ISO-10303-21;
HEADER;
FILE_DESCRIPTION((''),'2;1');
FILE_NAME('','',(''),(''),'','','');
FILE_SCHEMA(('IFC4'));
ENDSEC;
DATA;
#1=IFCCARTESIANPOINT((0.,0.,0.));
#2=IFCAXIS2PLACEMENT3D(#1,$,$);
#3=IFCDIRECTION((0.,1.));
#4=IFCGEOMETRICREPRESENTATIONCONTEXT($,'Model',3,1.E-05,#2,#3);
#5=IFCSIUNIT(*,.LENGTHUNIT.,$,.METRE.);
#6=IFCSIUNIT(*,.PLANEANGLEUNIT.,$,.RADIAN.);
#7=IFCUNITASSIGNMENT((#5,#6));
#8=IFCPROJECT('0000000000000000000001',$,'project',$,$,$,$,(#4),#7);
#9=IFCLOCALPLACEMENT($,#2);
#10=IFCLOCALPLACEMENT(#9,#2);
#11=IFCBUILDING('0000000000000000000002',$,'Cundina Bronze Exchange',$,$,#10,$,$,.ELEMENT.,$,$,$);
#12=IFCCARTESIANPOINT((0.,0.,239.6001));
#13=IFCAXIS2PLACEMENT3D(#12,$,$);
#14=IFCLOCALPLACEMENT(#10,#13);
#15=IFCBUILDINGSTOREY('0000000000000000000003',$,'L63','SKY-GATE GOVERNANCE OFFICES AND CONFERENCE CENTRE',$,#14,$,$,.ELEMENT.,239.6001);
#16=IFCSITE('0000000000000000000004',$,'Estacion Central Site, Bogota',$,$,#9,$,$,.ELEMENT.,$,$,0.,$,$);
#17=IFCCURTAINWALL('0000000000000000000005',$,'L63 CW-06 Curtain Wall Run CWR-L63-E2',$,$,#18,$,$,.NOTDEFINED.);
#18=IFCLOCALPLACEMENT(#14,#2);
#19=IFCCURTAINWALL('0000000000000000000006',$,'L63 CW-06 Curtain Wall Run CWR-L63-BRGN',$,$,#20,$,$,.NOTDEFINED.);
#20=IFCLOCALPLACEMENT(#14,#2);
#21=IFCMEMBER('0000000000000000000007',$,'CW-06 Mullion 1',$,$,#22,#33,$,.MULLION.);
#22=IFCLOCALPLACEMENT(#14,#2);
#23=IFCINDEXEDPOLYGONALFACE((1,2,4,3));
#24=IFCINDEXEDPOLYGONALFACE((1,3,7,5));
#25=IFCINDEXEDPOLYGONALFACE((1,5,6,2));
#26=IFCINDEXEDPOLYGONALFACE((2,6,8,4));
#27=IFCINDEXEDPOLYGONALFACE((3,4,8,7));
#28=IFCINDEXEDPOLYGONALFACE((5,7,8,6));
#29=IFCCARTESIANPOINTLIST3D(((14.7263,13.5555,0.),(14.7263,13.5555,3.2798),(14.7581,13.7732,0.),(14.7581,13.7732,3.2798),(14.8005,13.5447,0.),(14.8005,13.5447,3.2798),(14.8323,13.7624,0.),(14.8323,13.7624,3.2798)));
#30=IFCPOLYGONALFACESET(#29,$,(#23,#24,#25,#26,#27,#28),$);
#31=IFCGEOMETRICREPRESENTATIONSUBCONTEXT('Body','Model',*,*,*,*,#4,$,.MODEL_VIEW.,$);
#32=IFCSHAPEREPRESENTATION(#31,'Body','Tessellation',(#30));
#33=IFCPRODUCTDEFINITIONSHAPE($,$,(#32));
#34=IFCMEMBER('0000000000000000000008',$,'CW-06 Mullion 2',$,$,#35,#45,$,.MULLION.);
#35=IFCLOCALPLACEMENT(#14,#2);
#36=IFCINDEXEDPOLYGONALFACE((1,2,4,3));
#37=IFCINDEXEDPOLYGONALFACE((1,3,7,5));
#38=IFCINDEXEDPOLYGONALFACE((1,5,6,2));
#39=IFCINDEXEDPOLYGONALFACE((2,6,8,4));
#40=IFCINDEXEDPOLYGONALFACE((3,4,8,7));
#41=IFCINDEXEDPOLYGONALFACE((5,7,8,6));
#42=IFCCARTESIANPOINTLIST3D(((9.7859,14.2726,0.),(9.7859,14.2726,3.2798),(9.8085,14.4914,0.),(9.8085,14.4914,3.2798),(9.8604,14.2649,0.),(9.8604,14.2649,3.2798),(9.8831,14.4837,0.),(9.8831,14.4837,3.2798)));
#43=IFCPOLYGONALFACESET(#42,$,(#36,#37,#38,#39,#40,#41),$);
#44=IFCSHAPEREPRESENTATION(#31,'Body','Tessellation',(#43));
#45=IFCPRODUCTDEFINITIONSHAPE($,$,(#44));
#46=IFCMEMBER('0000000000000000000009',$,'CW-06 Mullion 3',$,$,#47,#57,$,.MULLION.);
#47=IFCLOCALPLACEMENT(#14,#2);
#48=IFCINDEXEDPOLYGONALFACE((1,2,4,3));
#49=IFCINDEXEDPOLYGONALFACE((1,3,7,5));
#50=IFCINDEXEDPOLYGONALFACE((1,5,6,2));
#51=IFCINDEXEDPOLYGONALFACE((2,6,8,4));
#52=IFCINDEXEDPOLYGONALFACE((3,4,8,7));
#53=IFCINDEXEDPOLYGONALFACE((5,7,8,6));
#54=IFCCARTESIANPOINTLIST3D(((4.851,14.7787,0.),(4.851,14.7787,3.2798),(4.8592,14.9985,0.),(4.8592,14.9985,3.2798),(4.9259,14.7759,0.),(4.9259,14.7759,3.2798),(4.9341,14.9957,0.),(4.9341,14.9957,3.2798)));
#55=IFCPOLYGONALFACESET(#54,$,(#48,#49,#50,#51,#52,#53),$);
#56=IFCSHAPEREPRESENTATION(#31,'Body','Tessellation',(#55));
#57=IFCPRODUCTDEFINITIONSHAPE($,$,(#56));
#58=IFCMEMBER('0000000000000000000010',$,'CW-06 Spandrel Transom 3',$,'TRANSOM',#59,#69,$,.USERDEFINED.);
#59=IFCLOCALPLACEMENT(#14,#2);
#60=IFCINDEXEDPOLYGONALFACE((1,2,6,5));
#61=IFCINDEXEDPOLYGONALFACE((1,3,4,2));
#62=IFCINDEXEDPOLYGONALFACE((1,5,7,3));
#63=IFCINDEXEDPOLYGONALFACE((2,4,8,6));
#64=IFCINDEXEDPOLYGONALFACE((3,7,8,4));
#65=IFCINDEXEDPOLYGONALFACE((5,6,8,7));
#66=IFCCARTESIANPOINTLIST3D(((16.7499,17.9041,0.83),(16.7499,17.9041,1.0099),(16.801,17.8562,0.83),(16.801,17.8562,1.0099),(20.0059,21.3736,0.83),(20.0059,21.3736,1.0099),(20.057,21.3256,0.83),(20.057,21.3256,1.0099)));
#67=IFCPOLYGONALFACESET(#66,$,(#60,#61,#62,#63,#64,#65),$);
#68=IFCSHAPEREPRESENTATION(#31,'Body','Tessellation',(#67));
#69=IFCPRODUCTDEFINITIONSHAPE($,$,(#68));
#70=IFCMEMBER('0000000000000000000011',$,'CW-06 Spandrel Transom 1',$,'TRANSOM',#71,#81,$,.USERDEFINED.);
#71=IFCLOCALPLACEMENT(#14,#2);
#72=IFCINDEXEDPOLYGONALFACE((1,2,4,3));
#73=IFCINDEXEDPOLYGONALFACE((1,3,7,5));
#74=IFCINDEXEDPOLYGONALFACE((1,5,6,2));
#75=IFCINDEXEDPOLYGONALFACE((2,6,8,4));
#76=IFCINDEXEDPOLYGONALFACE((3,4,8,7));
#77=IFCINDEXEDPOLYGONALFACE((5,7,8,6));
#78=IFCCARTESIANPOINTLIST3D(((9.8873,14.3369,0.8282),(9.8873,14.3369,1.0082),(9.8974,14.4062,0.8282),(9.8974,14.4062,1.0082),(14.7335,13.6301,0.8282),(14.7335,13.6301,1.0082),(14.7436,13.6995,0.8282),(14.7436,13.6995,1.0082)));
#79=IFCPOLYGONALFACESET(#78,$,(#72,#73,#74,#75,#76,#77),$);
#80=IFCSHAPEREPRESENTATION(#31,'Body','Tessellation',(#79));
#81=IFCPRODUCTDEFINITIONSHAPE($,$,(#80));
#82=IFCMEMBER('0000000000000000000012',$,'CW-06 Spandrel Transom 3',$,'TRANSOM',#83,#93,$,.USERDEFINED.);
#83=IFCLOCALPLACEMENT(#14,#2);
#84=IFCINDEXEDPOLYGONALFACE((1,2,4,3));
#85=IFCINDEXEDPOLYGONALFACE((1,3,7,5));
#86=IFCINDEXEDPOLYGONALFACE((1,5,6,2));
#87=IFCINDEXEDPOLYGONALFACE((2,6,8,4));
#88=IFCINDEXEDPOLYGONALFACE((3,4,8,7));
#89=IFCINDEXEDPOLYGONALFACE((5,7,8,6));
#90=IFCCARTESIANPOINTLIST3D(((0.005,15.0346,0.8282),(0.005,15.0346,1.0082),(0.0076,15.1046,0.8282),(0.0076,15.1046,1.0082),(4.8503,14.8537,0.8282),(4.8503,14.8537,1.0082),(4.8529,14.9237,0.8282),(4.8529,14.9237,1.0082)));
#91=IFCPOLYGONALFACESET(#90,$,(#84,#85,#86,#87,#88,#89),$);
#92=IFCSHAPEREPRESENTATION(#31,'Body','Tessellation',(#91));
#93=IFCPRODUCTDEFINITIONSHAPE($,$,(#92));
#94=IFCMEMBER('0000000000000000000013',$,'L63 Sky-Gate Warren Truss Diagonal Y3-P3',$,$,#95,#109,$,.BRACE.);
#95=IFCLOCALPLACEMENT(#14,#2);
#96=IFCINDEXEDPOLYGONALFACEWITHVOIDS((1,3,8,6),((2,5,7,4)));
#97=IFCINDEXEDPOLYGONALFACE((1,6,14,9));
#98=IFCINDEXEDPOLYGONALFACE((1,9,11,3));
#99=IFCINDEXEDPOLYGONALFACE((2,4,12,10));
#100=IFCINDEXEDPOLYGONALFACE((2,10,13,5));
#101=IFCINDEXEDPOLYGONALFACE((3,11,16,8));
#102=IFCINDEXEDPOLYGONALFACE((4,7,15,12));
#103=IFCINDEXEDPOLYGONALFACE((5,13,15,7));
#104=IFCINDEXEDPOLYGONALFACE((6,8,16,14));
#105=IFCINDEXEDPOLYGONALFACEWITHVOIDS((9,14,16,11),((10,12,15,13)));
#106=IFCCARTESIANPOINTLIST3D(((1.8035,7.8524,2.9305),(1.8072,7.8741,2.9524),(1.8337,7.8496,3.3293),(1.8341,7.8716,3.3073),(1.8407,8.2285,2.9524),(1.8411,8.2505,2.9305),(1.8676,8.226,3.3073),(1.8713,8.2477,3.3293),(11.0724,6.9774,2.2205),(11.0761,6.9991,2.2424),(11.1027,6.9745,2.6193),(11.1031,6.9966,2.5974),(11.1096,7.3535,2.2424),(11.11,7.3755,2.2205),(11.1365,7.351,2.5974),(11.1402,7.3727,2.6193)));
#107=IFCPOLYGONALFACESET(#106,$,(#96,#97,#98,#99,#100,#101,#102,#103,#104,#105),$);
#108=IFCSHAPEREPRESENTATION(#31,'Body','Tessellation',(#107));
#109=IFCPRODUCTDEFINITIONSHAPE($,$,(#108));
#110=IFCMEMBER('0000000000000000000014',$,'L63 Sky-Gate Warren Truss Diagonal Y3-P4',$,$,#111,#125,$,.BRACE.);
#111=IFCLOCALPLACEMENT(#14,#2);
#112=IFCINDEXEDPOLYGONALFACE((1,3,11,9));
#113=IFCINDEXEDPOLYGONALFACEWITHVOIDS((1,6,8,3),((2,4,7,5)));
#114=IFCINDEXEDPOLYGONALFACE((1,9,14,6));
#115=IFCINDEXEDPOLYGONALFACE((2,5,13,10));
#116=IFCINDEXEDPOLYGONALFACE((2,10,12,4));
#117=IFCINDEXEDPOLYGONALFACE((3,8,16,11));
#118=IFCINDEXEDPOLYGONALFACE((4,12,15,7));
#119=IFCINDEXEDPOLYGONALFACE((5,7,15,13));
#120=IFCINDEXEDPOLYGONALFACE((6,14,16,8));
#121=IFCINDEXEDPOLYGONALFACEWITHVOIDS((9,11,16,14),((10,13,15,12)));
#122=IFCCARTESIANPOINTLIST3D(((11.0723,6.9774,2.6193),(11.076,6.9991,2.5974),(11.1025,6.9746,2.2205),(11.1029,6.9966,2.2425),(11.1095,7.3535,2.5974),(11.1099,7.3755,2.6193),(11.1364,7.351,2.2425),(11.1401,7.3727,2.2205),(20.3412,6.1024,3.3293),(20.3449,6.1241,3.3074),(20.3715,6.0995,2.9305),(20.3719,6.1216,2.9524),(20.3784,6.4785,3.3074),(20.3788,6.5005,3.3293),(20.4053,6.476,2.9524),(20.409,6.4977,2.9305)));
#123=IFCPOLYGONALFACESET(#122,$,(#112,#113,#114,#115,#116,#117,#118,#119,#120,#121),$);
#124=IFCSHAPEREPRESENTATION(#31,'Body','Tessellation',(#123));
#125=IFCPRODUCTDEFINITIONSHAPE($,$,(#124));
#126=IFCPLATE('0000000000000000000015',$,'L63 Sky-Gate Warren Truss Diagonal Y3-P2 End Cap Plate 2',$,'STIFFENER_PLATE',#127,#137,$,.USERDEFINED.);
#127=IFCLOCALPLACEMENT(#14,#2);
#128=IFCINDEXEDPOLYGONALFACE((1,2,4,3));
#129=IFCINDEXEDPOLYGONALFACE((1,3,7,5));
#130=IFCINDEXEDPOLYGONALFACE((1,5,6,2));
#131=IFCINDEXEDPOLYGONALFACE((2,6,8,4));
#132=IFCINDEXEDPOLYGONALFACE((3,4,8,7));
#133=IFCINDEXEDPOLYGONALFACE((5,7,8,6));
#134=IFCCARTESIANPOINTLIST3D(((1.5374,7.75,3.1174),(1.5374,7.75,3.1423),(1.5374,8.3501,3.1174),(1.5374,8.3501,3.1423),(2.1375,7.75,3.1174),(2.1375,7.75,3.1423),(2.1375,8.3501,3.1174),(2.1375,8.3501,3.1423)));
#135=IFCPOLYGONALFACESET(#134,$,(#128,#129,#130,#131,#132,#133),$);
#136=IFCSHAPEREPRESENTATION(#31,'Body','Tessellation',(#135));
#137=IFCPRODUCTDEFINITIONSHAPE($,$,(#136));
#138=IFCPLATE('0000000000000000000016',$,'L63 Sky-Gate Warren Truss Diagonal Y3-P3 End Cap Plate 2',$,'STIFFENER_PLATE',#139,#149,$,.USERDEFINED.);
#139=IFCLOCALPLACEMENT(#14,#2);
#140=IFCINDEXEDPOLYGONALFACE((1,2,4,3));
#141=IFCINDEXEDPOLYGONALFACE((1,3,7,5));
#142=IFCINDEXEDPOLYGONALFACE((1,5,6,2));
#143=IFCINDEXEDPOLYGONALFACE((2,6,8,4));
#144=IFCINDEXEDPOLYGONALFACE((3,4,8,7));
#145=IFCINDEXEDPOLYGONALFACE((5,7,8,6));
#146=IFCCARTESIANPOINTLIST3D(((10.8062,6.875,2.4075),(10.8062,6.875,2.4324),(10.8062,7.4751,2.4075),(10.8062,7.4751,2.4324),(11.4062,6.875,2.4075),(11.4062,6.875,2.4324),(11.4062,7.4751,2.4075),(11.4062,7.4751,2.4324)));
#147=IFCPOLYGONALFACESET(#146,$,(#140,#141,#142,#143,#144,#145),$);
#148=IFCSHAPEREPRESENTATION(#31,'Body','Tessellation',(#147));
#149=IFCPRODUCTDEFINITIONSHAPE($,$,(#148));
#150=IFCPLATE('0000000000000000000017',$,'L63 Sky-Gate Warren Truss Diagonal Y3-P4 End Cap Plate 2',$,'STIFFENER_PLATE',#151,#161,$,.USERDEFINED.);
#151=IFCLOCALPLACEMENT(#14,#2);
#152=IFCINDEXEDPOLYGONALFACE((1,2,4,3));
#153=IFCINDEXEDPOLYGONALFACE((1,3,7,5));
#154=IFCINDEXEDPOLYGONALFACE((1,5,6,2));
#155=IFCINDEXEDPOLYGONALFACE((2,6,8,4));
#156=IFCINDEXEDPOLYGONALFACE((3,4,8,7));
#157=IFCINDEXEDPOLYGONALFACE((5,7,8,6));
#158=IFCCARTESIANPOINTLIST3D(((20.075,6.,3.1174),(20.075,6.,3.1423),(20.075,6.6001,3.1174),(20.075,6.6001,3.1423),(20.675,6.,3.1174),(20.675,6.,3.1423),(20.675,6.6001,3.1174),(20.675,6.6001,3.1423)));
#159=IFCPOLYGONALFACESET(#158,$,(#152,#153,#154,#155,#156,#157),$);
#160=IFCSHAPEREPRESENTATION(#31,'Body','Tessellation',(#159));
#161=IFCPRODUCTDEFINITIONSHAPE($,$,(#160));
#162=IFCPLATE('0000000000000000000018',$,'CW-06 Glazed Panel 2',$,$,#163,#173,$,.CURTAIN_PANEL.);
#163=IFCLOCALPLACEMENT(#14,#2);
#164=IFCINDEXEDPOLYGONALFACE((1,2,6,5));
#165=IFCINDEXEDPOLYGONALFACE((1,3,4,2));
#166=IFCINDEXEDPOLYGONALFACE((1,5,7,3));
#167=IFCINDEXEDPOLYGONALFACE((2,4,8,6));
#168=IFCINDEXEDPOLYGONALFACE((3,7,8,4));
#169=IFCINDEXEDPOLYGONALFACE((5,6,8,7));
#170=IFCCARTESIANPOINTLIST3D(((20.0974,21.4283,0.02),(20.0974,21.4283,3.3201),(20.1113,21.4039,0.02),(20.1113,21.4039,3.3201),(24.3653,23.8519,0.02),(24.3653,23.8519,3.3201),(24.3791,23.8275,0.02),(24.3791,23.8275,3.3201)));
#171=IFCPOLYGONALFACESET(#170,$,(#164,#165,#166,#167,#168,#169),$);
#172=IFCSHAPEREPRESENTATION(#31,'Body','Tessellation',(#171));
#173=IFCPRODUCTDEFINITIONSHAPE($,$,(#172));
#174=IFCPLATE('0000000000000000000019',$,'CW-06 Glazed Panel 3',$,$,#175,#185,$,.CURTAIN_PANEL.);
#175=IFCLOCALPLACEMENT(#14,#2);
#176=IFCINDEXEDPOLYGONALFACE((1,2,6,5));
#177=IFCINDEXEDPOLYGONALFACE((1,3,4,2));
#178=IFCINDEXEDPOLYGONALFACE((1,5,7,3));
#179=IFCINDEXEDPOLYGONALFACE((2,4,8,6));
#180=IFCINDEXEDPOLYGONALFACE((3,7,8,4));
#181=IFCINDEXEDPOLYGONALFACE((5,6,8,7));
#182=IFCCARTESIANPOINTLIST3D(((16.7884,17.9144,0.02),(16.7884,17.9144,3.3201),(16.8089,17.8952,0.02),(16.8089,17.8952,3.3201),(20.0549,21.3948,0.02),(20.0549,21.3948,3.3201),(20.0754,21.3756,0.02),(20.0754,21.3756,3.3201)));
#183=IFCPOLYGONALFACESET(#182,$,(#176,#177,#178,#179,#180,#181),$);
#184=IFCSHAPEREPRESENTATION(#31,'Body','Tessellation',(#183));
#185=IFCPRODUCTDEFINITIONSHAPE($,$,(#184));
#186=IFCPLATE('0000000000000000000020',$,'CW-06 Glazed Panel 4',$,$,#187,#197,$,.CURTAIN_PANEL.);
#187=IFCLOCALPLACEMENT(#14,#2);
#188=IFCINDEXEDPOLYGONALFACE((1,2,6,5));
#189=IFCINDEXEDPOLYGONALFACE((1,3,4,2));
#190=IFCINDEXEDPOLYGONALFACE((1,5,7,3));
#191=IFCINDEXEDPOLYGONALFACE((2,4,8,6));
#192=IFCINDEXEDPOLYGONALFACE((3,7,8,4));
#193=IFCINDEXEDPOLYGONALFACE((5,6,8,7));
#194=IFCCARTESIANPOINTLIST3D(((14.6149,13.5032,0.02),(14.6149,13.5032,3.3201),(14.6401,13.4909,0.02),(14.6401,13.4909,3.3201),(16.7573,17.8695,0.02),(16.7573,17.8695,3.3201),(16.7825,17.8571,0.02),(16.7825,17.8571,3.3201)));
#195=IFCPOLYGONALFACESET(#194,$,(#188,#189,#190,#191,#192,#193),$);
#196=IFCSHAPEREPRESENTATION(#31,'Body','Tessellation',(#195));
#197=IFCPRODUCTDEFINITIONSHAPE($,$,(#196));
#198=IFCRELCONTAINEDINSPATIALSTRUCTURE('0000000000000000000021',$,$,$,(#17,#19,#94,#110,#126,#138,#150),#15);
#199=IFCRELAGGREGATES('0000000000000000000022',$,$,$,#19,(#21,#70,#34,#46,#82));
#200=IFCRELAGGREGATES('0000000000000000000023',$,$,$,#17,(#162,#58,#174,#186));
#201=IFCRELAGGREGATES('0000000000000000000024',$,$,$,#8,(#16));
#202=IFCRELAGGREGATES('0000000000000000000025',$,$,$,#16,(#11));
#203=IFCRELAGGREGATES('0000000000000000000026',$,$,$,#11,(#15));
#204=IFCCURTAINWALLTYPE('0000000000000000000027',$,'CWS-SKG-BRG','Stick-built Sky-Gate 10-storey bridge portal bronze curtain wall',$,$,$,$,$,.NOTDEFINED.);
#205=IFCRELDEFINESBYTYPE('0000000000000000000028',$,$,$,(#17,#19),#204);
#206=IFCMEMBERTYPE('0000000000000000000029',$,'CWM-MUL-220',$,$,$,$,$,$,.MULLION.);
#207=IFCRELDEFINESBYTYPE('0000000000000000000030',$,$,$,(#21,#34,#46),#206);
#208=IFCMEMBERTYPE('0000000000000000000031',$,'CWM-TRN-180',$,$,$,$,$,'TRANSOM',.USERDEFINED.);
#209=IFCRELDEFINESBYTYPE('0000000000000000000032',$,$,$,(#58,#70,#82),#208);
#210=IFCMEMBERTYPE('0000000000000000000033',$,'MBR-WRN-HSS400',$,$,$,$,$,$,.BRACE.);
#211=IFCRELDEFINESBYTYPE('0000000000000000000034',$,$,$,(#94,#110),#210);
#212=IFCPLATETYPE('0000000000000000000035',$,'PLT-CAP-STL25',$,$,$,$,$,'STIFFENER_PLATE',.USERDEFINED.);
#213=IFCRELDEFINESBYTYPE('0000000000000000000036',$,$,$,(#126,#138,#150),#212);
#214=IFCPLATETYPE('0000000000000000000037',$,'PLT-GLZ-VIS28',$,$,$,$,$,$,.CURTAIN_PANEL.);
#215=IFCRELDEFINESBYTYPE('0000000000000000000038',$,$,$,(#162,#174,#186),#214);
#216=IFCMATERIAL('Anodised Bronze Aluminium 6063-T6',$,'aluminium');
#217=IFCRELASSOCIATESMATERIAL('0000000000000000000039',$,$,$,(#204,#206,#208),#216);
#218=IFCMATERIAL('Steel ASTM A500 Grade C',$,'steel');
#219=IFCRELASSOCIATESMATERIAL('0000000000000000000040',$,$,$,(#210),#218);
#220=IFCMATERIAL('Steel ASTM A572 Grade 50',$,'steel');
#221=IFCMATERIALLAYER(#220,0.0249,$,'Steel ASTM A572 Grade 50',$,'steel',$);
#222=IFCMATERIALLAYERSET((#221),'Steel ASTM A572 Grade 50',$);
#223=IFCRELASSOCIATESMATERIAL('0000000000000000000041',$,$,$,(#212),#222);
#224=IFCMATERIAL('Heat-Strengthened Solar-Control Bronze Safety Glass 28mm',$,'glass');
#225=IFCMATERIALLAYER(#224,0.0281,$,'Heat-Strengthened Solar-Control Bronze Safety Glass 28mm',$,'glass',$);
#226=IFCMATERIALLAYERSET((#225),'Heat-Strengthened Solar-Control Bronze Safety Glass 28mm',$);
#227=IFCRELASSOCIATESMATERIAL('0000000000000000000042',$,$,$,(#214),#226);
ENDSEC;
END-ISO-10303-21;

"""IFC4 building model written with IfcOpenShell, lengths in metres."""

from ifc_helpers import new_model, si_unit, direction, frame, origin, origin_2d, place, context, subcontext, project, spatial, rectangle, hollow_rectangle, extrude, material, layer, layer_set, material_profile, profile_set, type_object, element, aggregate, save


model = new_model("IFC4")

# Units and contexts
model_context = context("Model", 3, precision=1e-05, world=origin(), true_north=direction((0.0, 1.0)))
body_context = subcontext(model_context, "Body", "Model", "MODEL_VIEW")
ifc_project = project(units=[si_unit("LENGTHUNIT", "METRE"), si_unit("PLANEANGLEUNIT", "RADIAN")], contexts=[model_context])

# Site, building, storey
site_placement = place(None, origin())
site = spatial("IfcSite", under=ifc_project, at=site_placement, Name="Estacion Central Site, Bogota", CompositionType="ELEMENT", RefElevation=0.0)
building_placement = place(site_placement, origin())
building = spatial("IfcBuilding", under=site, at=building_placement, Name="Cundina Bronze Exchange", CompositionType="ELEMENT")
storey_placement = place(building_placement, frame((0.0, 0.0, 239.6001)))
storey = spatial("IfcBuildingStorey", under=building, at=storey_placement, Name="L63", Description="SKY-GATE GOVERNANCE OFFICES AND CONFERENCE CENTRE", CompositionType="ELEMENT", Elevation=239.6001)

# Curtain walls, members
ifc_material_1 = material(Name="Anodised Bronze Aluminium 6063-T6", Category="aluminium")
curtain_wall_type = type_object("IfcCurtainWallType", Name="CWS-SKG-BRG", Description="Stick-built Sky-Gate 10-storey bridge portal bronze curtain wall", PredefinedType="NOTDEFINED", material=ifc_material_1)
curtain_wall_1_placement = place(storey_placement, origin())
curtain_wall_1 = element("IfcCurtainWall", 1, at=curtain_wall_1_placement, inside=storey, type_object=curtain_wall_type, Name="L63 CW-06 Curtain Wall Run CWR-L63-E2", PredefinedType="NOTDEFINED")
ifc_material_profile_1 = material_profile(ifc_material_1, rectangle(XDim=0.075, YDim=0.22, at=origin_2d()), Name="AL75X220", Category="aluminium")
ifc_profile_set_1 = profile_set([ifc_material_profile_1], Name="Anodised Bronze Aluminium 6063-T6")
member_type_1 = type_object("IfcMemberType", Name="CWM-MUL-220", PredefinedType="MULLION", material=ifc_profile_set_1)
curtain_wall_2_placement = place(storey_placement, origin())
curtain_wall_2 = element("IfcCurtainWall", 2, at=curtain_wall_2_placement, inside=storey, type_object=curtain_wall_type, Name="L63 CW-06 Curtain Wall Run CWR-L63-BRGN", PredefinedType="NOTDEFINED")
member_1_placement = place(storey_placement, frame((14.7793, 13.6589, 0.0), z_axis=(0.0, 0.0, 1.0), x_axis=(-0.989526, 0.144356, 0.0)))
member_1 = element("IfcMember", 3, at=member_1_placement, type_object=member_type_1, Name="CW-06 Mullion 1", PredefinedType="MULLION", context=body_context, shape_type="SweptSolid", body=[
    extrude(rectangle(XDim=0.075, YDim=0.22, at=origin_2d()), origin(), (0.0, 0.0, 1.0), 3.2798),
])
member_2_placement = place(storey_placement, frame((9.8345, 14.3782, 0.0), z_axis=(0.0, 0.0, 1.0), x_axis=(-0.994667, 0.10314, 0.0)))
member_2 = element("IfcMember", 4, at=member_2_placement, type_object=member_type_1, Name="CW-06 Mullion 2", PredefinedType="MULLION", context=body_context, shape_type="SweptSolid", body=[
    extrude(rectangle(XDim=0.075, YDim=0.22, at=origin_2d()), origin(), (0.0, 0.0, 1.0), 3.2798),
])
member_3_placement = place(storey_placement, frame((4.8926, 14.8872, 0.0), z_axis=(0.0, 0.0, 1.0), x_axis=(-0.999303, 0.037341, 0.0)))
member_3 = element("IfcMember", 5, at=member_3_placement, type_object=member_type_1, Name="CW-06 Mullion 3", PredefinedType="MULLION", context=body_context, shape_type="SweptSolid", body=[
    extrude(rectangle(XDim=0.075, YDim=0.22, at=origin_2d()), origin(), (0.0, 0.0, 1.0), 3.2798),
])

# Members
ifc_material_profile_2 = material_profile(ifc_material_1, rectangle(XDim=0.0701, YDim=0.1799, at=origin_2d()), Name="AL70X180", Category="aluminium")
ifc_profile_set_2 = profile_set([ifc_material_profile_2], Name="Anodised Bronze Aluminium 6063-T6")
member_type_2 = type_object("IfcMemberType", Name="CWM-TRN-180", ElementType="TRANSOM", PredefinedType="USERDEFINED", material=ifc_profile_set_2)
member_4_placement = place(storey_placement, frame((20.0315, 21.3496, 0.9199), z_axis=(-0.684328, -0.729174, 0.0), x_axis=(0.729174, -0.684328, 0.0)))
member_4 = element("IfcMember", 6, at=member_4_placement, type_object=member_type_2, Name="CW-06 Spandrel Transom 3", ObjectType="TRANSOM", PredefinedType="USERDEFINED", context=body_context, shape_type="SweptSolid", body=[
    extrude(rectangle(XDim=0.0701, YDim=0.1799, at=origin_2d()), origin(), (0.0, 0.0, 1.0), 4.7581),
])
member_5_placement = place(storey_placement, frame((14.7385, 13.6648, 0.9182), z_axis=(-0.989531, 0.144317, 0.0), x_axis=(-0.144317, -0.989531, 0.0)))
member_5 = element("IfcMember", 7, at=member_5_placement, type_object=member_type_2, Name="CW-06 Spandrel Transom 1", ObjectType="TRANSOM", PredefinedType="USERDEFINED", context=body_context, shape_type="SweptSolid", body=[
    extrude(rectangle(XDim=0.0701, YDim=0.1799, at=origin_2d()), origin(), (0.0, 0.0, 1.0), 4.8975),
])
member_6_placement = place(storey_placement, frame((4.8516, 14.8887, 0.9182), z_axis=(-0.999304, 0.037312, 0.0), x_axis=(-0.037312, -0.999304, 0.0)))
member_6 = element("IfcMember", 8, at=member_6_placement, type_object=member_type_2, Name="CW-06 Spandrel Transom 3", ObjectType="TRANSOM", PredefinedType="USERDEFINED", context=body_context, shape_type="SweptSolid", body=[
    extrude(rectangle(XDim=0.0701, YDim=0.1799, at=origin_2d()), origin(), (0.0, 0.0, 1.0), 4.8486),
])

# Members
ifc_material_2 = material(Name="Steel ASTM A500 Grade C", Category="steel")
ifc_material_profile_3 = material_profile(ifc_material_2, hollow_rectangle(XDim=0.3999, YDim=0.3999, WallThickness=0.022, at=origin_2d()), Name="HSS400X400X22", Category="steel")
ifc_profile_set_3 = profile_set([ifc_material_profile_3], Name="Steel ASTM A500 Grade C")
member_type_3 = type_object("IfcMemberType", Name="MBR-WRN-HSS400", PredefinedType="BRACE", material=ifc_profile_set_3)
for number, where, z_axis, x_axis, name in (
    (9, (1.8374, 8.05, 3.1299), (0.992691, -0.093713, -0.076037), (0.093985, 0.995574, 0.0), "L63 Sky-Gate Warren Truss Diagonal Y3-P3"),
    (10, (11.1062, 7.175, 2.4199), (0.992691, -0.093713, 0.076037), (0.093985, 0.995574, 0.0), "L63 Sky-Gate Warren Truss Diagonal Y3-P4"),
):
    element("IfcMember", number, at=place(storey_placement, frame(where, z_axis=z_axis, x_axis=x_axis)), inside=storey, type_object=member_type_3, Name=name, PredefinedType="BRACE", context=body_context, shape_type="SweptSolid", body=[
        extrude(hollow_rectangle(XDim=0.3999, YDim=0.3999, WallThickness=0.022, at=origin_2d()), origin(), (0.0, 0.0, 1.0), 9.3372),
    ])

# Plates
ifc_material_3 = material(Name="Steel ASTM A572 Grade 50", Category="steel")
ifc_layer_1 = layer(ifc_material_3, 0.0249, Name="Steel ASTM A572 Grade 50", Category="steel")
ifc_layer_set_1 = layer_set([ifc_layer_1], Name="Steel ASTM A572 Grade 50")
plate_type_1 = type_object("IfcPlateType", Name="PLT-CAP-STL25", ElementType="STIFFENER_PLATE", PredefinedType="USERDEFINED", material=ifc_layer_set_1)
for number, where, z_axis, x_axis, name in (
    (11, (1.8374, 8.05, 3.1174), (0.0, 0.0, 1.0), (1.0, 0.0, 0.0), "L63 Sky-Gate Warren Truss Diagonal Y3-P2 End Cap Plate 2"),
    (12, (11.1062, 7.175, 2.4075), (0.0, 0.0, 1.0), (1.0, 0.0, 0.0), "L63 Sky-Gate Warren Truss Diagonal Y3-P3 End Cap Plate 2"),
    (13, (20.375, 6.3, 3.1174), (0.0, 0.0, 1.0), (1.0, 0.0, 0.0), "L63 Sky-Gate Warren Truss Diagonal Y3-P4 End Cap Plate 2"),
):
    element("IfcPlate", number, at=place(storey_placement, frame(where, z_axis=z_axis, x_axis=x_axis)), inside=storey, type_object=plate_type_1, Name=name, ObjectType="STIFFENER_PLATE", PredefinedType="USERDEFINED", context=body_context, shape_type="SweptSolid", body=[
        extrude(rectangle(XDim=0.6001, YDim=0.6001, at=origin_2d()), origin(), (0.0, 0.0, 1.0), 0.0249),
    ])

# Plates
ifc_material_4 = material(Name="Heat-Strengthened Solar-Control Bronze Safety Glass 28mm", Category="glass")
ifc_layer_2 = layer(ifc_material_4, 0.0281, Name="Heat-Strengthened Solar-Control Bronze Safety Glass 28mm", Category="glass")
ifc_layer_set_2 = layer_set([ifc_layer_2], Name="Heat-Strengthened Solar-Control Bronze Safety Glass 28mm")
plate_type_2 = type_object("IfcPlateType", Name="PLT-GLZ-VIS28", PredefinedType="CURTAIN_PANEL", material=ifc_layer_set_2)
plate_1_placement = place(storey_placement, frame((22.2383, 22.6279, 0.02), z_axis=(0.0, 0.0, 1.0), x_axis=(-0.869573, -0.493805, 0.0)))
plate_1 = element("IfcPlate", 14, at=plate_1_placement, type_object=plate_type_2, Name="CW-06 Glazed Panel 2", PredefinedType="CURTAIN_PANEL", context=body_context, shape_type="SweptSolid", body=[
    extrude(rectangle(XDim=4.908, YDim=0.0281, at=origin_2d()), origin(), (0.0, 0.0, 1.0), 3.3),
])
plate_2_placement = place(storey_placement, frame((18.4319, 19.645, 0.02), z_axis=(0.0, 0.0, 1.0), x_axis=(-0.684344, -0.72916, 0.0)))
plate_2 = element("IfcPlate", 15, at=plate_2_placement, type_object=plate_type_2, Name="CW-06 Glazed Panel 3", PredefinedType="CURTAIN_PANEL", context=body_context, shape_type="SweptSolid", body=[
    extrude(rectangle(XDim=4.7732, YDim=0.0281, at=origin_2d()), origin(), (0.0, 0.0, 1.0), 3.3),
])
plate_3_placement = place(storey_placement, frame((15.6987, 15.6802, 0.02), z_axis=(0.0, 0.0, 1.0), x_axis=(-0.440503, -0.897751, 0.0)))
plate_3 = element("IfcPlate", 16, at=plate_3_placement, type_object=plate_type_2, Name="CW-06 Glazed Panel 4", PredefinedType="CURTAIN_PANEL", context=body_context, shape_type="SweptSolid", body=[
    extrude(rectangle(XDim=4.8635, YDim=0.0281, at=origin_2d()), origin(), (0.0, 0.0, 1.0), 3.3),
])
aggregate(curtain_wall_2, [member_1, member_5, member_2, member_3, member_6])
aggregate(curtain_wall_1, [plate_1, member_4, plate_2, plate_3])

save(model, "model.ifc")
